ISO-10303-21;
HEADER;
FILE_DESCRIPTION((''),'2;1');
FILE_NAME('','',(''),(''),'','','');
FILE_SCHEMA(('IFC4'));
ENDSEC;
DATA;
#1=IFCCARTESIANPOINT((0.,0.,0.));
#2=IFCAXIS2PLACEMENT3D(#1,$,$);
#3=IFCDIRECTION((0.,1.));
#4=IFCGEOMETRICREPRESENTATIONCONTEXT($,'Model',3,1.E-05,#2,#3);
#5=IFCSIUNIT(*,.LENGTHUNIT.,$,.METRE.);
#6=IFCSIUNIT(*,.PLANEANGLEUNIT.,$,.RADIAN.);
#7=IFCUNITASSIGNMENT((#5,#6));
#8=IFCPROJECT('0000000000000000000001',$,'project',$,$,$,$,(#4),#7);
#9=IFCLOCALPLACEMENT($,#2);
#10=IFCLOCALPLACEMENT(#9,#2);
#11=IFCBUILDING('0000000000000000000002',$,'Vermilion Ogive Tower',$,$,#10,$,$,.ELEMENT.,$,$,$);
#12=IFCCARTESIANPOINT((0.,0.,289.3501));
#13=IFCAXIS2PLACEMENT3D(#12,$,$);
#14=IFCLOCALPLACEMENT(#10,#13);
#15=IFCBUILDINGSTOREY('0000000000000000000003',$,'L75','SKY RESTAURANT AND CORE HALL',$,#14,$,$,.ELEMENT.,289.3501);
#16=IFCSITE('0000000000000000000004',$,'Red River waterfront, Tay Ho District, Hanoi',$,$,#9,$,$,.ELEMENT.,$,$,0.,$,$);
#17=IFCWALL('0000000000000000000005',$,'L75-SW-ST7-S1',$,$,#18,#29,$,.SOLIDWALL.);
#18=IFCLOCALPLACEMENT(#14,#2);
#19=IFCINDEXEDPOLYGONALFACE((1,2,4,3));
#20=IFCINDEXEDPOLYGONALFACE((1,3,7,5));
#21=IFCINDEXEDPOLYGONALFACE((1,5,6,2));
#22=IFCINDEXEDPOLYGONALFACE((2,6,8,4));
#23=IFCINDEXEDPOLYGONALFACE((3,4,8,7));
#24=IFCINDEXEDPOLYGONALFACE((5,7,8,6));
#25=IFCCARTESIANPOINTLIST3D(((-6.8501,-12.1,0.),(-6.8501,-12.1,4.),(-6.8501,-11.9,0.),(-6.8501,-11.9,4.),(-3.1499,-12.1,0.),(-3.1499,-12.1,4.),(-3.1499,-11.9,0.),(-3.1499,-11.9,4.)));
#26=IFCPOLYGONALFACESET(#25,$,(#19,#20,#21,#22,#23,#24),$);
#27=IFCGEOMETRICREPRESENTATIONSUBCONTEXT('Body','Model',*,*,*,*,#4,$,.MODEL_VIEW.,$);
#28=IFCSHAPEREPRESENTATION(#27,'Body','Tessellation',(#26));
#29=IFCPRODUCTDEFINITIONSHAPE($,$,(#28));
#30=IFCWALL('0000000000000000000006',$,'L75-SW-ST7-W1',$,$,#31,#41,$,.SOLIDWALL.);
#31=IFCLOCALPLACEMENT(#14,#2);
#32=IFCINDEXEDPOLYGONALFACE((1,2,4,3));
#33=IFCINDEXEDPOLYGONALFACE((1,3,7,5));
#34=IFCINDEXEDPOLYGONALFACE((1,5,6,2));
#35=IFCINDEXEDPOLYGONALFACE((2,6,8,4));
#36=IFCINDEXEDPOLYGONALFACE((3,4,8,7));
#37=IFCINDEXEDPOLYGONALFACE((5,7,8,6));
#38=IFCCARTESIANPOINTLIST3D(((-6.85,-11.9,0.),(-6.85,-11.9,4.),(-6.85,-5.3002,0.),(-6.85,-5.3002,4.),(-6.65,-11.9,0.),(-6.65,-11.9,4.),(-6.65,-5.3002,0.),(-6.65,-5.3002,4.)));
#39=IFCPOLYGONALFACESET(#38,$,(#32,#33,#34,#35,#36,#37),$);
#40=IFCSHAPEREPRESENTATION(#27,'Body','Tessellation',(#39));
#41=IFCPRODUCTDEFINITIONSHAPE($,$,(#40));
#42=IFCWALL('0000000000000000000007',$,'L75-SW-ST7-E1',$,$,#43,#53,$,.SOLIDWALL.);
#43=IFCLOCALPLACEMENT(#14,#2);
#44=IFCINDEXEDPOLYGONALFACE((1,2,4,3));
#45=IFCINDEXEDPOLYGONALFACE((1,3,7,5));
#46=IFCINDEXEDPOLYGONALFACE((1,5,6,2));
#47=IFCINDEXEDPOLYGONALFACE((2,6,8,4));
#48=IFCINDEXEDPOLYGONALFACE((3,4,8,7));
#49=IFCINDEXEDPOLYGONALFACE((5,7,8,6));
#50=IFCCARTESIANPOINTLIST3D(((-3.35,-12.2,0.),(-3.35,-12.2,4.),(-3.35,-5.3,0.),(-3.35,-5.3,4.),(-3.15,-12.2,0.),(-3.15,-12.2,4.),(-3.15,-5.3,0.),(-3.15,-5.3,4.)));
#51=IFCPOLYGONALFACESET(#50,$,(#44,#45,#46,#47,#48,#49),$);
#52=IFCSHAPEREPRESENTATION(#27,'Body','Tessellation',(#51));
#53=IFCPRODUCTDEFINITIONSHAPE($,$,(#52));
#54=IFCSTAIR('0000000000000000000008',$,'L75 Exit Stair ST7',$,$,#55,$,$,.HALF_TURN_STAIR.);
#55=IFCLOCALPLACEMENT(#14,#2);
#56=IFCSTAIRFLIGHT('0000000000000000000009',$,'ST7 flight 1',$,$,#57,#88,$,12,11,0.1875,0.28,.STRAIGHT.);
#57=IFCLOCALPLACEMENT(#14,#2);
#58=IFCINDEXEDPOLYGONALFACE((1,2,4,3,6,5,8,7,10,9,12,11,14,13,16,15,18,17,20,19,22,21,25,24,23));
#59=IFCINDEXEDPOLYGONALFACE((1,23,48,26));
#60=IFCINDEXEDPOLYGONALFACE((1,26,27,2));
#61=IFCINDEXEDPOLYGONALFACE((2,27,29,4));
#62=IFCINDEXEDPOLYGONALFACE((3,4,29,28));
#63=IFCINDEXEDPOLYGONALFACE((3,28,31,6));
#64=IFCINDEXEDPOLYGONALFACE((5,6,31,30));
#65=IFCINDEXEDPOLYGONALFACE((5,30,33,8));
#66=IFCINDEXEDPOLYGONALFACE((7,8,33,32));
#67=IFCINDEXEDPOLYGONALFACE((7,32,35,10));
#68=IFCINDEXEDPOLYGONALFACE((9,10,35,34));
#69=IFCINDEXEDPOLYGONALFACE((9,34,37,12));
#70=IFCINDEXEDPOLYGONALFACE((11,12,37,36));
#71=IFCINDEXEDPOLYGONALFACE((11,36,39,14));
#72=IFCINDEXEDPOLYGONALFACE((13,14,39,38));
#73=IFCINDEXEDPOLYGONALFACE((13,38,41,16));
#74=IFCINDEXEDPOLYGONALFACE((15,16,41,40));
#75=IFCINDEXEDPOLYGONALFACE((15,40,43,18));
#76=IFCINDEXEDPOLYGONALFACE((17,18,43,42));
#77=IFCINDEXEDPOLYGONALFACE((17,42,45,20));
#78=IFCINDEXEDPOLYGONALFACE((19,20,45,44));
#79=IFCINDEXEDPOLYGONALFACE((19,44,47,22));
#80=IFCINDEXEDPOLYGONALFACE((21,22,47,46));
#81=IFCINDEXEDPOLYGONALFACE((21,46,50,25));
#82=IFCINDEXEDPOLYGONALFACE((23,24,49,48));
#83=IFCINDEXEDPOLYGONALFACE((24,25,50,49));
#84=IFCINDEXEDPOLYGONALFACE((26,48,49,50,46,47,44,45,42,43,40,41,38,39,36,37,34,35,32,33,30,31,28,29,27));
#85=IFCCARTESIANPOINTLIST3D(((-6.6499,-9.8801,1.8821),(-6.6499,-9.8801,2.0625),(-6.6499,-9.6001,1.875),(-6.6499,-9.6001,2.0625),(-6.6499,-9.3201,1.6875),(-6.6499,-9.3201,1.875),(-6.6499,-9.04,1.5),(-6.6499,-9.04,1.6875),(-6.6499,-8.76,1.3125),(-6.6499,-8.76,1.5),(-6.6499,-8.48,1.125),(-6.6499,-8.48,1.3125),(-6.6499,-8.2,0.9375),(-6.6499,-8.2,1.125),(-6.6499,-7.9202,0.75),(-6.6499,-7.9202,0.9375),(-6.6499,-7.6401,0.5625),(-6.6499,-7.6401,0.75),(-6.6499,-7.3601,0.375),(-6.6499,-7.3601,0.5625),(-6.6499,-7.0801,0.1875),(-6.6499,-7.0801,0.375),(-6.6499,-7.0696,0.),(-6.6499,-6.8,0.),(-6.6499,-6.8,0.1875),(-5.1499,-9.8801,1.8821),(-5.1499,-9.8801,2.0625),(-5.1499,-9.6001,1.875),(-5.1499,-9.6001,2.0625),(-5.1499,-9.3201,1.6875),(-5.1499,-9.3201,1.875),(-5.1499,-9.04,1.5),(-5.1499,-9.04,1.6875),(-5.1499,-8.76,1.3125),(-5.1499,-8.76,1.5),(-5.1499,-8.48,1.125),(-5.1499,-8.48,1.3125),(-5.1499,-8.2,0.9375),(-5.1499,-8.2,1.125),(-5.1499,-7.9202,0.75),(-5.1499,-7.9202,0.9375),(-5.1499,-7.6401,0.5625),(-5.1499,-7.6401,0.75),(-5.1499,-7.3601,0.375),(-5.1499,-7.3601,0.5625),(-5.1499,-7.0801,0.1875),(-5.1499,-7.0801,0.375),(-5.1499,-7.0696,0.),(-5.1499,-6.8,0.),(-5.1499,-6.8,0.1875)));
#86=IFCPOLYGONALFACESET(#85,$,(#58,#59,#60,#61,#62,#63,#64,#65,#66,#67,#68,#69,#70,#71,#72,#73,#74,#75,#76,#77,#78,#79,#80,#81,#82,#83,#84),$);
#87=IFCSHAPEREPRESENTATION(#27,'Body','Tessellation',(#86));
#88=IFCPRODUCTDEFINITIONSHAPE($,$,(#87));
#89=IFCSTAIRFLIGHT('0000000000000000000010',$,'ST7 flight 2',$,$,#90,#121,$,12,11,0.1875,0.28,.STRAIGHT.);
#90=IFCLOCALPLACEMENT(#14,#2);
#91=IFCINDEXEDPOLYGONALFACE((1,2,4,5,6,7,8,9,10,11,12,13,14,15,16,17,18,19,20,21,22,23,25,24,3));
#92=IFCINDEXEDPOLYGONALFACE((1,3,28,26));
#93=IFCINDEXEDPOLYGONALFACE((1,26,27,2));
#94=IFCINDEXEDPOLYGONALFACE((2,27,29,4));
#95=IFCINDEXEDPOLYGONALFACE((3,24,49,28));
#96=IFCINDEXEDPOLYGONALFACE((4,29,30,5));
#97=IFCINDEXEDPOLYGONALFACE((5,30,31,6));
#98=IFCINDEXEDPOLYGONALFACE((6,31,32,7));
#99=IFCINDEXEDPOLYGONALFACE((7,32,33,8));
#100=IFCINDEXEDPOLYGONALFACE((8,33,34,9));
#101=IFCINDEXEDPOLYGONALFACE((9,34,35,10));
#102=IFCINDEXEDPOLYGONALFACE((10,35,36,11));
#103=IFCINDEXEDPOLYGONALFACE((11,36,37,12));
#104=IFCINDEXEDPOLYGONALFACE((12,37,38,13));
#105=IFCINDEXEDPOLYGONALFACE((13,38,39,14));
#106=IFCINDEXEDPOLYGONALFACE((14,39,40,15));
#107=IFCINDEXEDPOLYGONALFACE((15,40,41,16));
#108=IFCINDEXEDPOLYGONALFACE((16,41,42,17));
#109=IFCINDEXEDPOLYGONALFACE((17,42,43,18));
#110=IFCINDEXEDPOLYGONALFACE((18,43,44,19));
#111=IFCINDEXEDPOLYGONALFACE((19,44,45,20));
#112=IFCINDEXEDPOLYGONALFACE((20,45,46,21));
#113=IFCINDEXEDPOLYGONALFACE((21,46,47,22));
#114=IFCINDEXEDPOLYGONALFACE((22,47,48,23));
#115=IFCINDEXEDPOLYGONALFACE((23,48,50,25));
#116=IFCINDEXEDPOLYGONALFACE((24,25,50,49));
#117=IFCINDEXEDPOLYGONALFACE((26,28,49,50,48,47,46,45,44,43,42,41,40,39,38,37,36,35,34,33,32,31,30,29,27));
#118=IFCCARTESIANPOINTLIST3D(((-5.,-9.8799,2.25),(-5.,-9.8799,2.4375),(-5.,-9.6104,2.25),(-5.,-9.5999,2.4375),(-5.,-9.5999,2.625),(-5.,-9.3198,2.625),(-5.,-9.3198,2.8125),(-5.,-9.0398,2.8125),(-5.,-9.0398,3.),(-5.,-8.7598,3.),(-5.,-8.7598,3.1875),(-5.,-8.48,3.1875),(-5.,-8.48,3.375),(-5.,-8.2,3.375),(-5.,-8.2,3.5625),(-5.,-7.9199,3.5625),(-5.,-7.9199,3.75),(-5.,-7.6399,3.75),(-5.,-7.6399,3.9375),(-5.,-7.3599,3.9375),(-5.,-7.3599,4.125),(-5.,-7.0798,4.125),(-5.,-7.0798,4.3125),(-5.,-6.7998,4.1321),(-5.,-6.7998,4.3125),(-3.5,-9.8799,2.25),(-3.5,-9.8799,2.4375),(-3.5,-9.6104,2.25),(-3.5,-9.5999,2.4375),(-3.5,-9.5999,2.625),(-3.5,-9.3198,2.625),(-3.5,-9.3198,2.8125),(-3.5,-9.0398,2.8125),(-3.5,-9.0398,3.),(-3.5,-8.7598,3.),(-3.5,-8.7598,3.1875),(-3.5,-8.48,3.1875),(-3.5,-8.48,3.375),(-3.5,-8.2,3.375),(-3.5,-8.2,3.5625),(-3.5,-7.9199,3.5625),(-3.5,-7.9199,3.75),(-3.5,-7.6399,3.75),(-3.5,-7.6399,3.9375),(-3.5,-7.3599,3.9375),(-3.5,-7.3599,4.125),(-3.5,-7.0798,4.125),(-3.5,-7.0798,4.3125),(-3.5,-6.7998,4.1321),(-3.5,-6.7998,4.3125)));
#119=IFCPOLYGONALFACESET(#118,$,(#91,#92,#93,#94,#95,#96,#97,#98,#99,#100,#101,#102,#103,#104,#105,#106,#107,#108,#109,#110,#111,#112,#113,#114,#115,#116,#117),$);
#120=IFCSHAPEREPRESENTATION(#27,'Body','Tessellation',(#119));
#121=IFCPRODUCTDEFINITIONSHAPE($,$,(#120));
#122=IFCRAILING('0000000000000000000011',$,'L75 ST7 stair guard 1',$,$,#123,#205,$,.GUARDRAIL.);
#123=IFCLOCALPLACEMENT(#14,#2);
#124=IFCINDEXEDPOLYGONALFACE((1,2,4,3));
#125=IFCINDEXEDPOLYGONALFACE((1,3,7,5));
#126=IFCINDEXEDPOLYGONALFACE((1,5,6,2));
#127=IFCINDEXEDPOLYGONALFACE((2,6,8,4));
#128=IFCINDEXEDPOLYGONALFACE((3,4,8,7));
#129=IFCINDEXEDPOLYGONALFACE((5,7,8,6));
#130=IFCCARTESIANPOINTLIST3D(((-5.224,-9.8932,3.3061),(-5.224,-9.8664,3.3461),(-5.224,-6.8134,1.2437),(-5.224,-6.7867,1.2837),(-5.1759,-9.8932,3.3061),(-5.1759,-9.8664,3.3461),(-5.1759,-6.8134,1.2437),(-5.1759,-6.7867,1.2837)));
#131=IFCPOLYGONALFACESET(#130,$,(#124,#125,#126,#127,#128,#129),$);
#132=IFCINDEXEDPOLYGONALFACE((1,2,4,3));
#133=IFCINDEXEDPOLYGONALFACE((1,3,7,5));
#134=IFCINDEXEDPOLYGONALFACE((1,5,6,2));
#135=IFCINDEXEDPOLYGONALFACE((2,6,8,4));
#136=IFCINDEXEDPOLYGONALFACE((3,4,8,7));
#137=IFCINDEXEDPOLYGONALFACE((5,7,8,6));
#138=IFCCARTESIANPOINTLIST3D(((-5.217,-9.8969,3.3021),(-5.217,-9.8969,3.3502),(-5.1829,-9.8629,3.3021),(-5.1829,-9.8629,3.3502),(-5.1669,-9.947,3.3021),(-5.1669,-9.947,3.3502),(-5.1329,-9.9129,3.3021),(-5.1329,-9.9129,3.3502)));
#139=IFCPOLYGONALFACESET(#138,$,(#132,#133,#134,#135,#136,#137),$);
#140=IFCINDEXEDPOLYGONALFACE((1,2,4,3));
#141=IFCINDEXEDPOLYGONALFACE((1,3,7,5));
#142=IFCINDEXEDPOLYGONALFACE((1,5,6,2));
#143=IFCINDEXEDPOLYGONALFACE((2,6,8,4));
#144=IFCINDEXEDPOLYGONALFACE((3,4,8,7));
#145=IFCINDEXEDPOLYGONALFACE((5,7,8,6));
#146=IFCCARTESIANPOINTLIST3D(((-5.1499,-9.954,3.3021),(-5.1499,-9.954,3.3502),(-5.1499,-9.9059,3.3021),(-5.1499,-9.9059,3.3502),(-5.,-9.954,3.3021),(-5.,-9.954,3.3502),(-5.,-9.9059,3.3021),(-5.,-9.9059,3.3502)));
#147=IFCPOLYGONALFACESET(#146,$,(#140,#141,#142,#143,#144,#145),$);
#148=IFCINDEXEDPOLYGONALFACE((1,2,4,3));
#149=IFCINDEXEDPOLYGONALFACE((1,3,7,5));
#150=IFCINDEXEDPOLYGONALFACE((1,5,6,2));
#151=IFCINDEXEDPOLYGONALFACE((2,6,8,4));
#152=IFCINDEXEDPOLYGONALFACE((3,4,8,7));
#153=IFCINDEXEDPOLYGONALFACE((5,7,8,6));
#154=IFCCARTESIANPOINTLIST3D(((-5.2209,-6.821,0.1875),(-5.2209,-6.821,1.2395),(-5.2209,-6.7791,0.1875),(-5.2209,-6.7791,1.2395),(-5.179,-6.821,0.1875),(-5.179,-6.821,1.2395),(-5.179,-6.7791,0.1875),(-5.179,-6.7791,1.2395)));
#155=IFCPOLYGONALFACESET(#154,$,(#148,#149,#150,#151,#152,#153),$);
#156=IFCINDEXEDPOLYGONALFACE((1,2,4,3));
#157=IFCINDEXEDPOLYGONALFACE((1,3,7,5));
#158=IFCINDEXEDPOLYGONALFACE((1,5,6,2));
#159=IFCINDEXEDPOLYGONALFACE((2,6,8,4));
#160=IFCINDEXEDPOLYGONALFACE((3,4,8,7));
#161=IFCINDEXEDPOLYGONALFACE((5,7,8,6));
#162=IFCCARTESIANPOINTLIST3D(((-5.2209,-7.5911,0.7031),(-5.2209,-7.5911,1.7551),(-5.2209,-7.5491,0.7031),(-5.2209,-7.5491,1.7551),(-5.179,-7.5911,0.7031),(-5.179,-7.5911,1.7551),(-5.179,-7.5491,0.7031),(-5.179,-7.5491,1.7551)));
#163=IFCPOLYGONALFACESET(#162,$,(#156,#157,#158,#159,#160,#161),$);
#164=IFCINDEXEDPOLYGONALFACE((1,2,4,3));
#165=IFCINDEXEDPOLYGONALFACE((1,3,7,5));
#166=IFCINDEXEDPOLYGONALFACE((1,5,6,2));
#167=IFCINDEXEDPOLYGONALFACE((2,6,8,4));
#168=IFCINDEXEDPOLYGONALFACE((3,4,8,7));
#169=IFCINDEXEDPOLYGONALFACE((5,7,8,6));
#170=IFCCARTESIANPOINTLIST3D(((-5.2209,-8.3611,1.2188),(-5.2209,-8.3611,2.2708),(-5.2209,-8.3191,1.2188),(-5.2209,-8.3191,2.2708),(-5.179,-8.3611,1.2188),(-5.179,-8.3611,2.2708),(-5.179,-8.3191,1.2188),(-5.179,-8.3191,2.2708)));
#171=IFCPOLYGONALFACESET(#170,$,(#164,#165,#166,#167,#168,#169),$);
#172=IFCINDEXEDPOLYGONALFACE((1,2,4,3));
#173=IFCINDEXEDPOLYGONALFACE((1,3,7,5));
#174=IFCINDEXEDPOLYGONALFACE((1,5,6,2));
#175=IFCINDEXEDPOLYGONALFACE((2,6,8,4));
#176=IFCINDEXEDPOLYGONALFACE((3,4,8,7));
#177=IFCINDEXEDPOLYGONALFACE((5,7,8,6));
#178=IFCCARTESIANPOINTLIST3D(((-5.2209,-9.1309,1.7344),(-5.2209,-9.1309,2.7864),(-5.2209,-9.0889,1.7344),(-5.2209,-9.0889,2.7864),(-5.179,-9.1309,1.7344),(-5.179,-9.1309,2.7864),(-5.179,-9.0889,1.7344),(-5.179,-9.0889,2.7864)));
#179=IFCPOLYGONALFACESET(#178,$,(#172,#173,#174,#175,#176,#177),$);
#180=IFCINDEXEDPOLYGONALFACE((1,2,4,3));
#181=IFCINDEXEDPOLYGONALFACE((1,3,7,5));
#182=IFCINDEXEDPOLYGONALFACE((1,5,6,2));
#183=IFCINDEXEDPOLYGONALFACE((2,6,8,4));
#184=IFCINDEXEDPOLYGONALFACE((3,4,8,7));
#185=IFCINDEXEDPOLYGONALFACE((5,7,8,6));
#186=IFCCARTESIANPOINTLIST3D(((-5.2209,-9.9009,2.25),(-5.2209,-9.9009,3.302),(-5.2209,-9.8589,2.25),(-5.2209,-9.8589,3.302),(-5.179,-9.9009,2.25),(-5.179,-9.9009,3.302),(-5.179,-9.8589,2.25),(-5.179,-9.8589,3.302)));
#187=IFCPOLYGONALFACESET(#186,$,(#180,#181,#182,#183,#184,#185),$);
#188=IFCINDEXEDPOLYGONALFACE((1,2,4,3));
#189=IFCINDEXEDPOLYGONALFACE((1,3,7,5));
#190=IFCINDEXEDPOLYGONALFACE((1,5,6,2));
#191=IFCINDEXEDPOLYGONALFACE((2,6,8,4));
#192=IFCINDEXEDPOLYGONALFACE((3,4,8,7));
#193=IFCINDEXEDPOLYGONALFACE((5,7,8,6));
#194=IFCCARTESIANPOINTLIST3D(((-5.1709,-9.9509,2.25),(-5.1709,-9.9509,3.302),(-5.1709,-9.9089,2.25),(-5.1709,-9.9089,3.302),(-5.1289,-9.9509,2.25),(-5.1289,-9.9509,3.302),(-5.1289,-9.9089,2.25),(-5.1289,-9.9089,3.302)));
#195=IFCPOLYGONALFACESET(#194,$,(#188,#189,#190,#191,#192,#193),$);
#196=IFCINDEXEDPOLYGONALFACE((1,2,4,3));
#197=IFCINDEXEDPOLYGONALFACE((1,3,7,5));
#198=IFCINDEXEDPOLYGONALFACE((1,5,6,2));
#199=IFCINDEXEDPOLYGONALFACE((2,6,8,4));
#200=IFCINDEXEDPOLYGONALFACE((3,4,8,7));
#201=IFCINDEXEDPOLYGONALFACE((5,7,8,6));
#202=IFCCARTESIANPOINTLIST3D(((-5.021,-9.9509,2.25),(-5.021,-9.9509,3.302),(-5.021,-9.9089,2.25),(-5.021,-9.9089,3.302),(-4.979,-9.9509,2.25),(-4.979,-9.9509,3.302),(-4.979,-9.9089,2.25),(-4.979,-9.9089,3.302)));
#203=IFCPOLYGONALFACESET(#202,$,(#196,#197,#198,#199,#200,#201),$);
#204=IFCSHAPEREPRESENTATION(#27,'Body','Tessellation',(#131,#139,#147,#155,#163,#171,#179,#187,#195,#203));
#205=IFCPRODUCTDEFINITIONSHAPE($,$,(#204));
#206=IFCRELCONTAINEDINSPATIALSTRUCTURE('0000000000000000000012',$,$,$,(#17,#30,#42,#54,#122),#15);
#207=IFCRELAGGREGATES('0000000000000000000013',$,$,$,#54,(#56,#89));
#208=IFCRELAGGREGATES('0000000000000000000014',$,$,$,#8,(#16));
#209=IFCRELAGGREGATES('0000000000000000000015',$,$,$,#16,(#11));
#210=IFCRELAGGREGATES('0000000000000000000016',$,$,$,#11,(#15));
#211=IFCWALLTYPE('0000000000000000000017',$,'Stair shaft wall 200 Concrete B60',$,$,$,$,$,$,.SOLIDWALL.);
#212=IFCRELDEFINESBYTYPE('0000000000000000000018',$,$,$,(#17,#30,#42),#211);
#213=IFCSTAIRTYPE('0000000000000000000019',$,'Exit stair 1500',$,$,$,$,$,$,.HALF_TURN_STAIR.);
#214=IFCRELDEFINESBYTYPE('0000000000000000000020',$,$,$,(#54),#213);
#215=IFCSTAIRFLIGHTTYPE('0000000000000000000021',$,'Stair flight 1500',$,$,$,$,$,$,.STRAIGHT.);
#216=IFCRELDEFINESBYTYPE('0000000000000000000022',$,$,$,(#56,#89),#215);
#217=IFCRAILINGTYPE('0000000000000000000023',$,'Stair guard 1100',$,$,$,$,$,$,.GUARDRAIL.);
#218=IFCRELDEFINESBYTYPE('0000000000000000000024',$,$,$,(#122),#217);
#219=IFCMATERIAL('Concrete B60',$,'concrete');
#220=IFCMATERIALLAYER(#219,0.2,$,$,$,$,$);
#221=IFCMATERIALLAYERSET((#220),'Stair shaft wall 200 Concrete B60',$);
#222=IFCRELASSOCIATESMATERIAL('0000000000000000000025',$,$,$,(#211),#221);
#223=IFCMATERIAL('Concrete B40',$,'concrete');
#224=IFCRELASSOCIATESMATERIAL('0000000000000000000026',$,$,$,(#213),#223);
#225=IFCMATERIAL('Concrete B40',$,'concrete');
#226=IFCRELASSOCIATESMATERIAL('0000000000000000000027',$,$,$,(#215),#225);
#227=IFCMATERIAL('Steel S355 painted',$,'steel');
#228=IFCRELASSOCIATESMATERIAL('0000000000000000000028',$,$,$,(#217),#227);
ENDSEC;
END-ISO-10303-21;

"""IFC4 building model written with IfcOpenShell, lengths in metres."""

from ifc_helpers import new_model, si_unit, direction, frame, frame_2d, origin, origin_2d, place, context, subcontext, project, spatial, polyline, rectangle, outline, extrude, material, layer, layer_set, type_object, element, aggregate, save


model = new_model("IFC4")

# Units and contexts
model_context = context("Model", 3, precision=1e-05, world=origin(), true_north=direction((0.0, 1.0)))
body_context = subcontext(model_context, "Body", "Model", "MODEL_VIEW")
ifc_project = project(units=[si_unit("LENGTHUNIT", "METRE"), si_unit("PLANEANGLEUNIT", "RADIAN")], contexts=[model_context])

# Site, building, storey
site_placement = place(None, origin())
site = spatial("IfcSite", under=ifc_project, at=site_placement, Name="Red River waterfront, Tay Ho District, Hanoi", CompositionType="ELEMENT", RefElevation=0.0)
building_placement = place(site_placement, origin())
building = spatial("IfcBuilding", under=site, at=building_placement, Name="Vermilion Ogive Tower", CompositionType="ELEMENT")
storey_placement = place(building_placement, frame((0.0, 0.0, 289.3501)))
storey = spatial("IfcBuildingStorey", under=building, at=storey_placement, Name="L75", Description="SKY RESTAURANT AND CORE HALL", CompositionType="ELEMENT", Elevation=289.3501)

# Walls
ifc_material_1 = material(Name="Concrete B60", Category="concrete")
ifc_layer_1 = layer(ifc_material_1, 0.2)
ifc_layer_set_1 = layer_set([ifc_layer_1], Name="Stair shaft wall 200 Concrete B60")
wall_type_1 = type_object("IfcWallType", Name="Stair shaft wall 200 Concrete B60", PredefinedType="SOLIDWALL", material=ifc_layer_set_1)
wall_1_placement = place(storey_placement, frame((-6.8501, -12.0, 0.0), z_axis=(0.0, 0.0, 1.0), x_axis=(1.0, 0.0, 0.0)))
element("IfcWall", 1, at=wall_1_placement, inside=storey, type_object=wall_type_1, Name="L75-SW-ST7-S1", PredefinedType="SOLIDWALL", context=body_context, shape_type="SweptSolid", body=[
    extrude(rectangle(XDim=3.7002, YDim=0.2, at=frame_2d((1.8501, 0.0))), origin(), (0.0, 0.0, 1.0), 4.0),
])
wall_2_placement = place(storey_placement, frame((-6.75, -11.8999, 0.0), z_axis=(0.0, 0.0, 1.0), x_axis=(0.0, 1.0, 0.0)))
element("IfcWall", 2, at=wall_2_placement, inside=storey, type_object=wall_type_1, Name="L75-SW-ST7-W1", PredefinedType="SOLIDWALL", context=body_context, shape_type="SweptSolid", body=[
    extrude(rectangle(XDim=6.5999, YDim=0.2, at=frame_2d((3.2998, 0.0))), origin(), (0.0, 0.0, 1.0), 4.0),
])
wall_3_placement = place(storey_placement, frame((-3.25, -12.2, 0.0), z_axis=(0.0, 0.0, 1.0), x_axis=(0.0, 1.0, 0.0)))
element("IfcWall", 3, at=wall_3_placement, inside=storey, type_object=wall_type_1, Name="L75-SW-ST7-E1", PredefinedType="SOLIDWALL", context=body_context, shape_type="SweptSolid", body=[
    extrude(rectangle(XDim=6.8999, YDim=0.2, at=frame_2d((3.45, 0.0))), origin(), (0.0, 0.0, 1.0), 4.0),
])

# Stair, stair flights
ifc_material_2 = material(Name="Concrete B40", Category="concrete")
stair_type = type_object("IfcStairType", Name="Exit stair 1500", PredefinedType="HALF_TURN_STAIR", material=ifc_material_2)
stair_placement = place(storey_placement, origin())
stair = element("IfcStair", 4, at=stair_placement, inside=storey, type_object=stair_type, Name="L75 Exit Stair ST7", PredefinedType="HALF_TURN_STAIR")
ifc_material_3 = material(Name="Concrete B40", Category="concrete")
stair_flight_type = type_object("IfcStairFlightType", Name="Stair flight 1500", PredefinedType="STRAIGHT", material=ifc_material_3)
stair_flight_1_placement = place(storey_placement, frame((-5.8999, -6.8, 0.0), z_axis=(0.0, 0.0, 1.0), x_axis=(0.0, -1.0, 0.0)))
stair_flight_1 = element("IfcStairFlight", 5, at=stair_flight_1_placement, type_object=stair_flight_type, Name="ST7 flight 1", NumberOfRisers=12, NumberOfTreads=11, PredefinedType="STRAIGHT", RiserHeight=0.1875, TreadLength=0.28, context=body_context, shape_type="SweptSolid", body=[
    extrude(outline(polyline([(0.0, 0.0), (0.0, 0.1875), (0.28, 0.1875), (0.28, 0.375), (0.5601, 0.375), (0.5601, 0.5625), (0.8401, 0.5625), (0.8401, 0.75), (1.1201, 0.75), (1.1201, 0.9375), (1.3999, 0.9375), (1.3999, 1.125), (1.6799, 1.125), (1.6799, 1.3125), (1.96, 1.3125), (1.96, 1.5), (2.24, 1.5), (2.24, 1.6875), (2.52, 1.6875), (2.52, 1.875), (2.8, 1.875), (2.8, 2.0625), (3.0801, 2.0625), (3.0801, 2.25), (3.0801, 1.8821), (0.2695, 0.0), (0.0, 0.0)])), frame((0.0, 0.75, 0.0), z_axis=(0.0, -1.0, 0.0), x_axis=(1.0, 0.0, 0.0)), (0.0, 0.0, 1.0), 1.5),
])
stair_flight_2_placement = place(storey_placement, frame((-4.25, -9.8799, 2.25), z_axis=(0.0, 0.0, 1.0), x_axis=(0.0, 1.0, 0.0)))
stair_flight_2 = element("IfcStairFlight", 6, at=stair_flight_2_placement, type_object=stair_flight_type, Name="ST7 flight 2", NumberOfRisers=12, NumberOfTreads=11, PredefinedType="STRAIGHT", RiserHeight=0.1875, TreadLength=0.28, context=body_context, shape_type="SweptSolid", body=[
    extrude(outline(polyline([(0.0, 0.0), (0.0, 0.1875), (0.28, 0.1875), (0.28, 0.375), (0.5601, 0.375), (0.5601, 0.5625), (0.8401, 0.5625), (0.8401, 0.75), (1.1201, 0.75), (1.1201, 0.9375), (1.3999, 0.9375), (1.3999, 1.125), (1.6799, 1.125), (1.6799, 1.3125), (1.96, 1.3125), (1.96, 1.5), (2.24, 1.5), (2.24, 1.6875), (2.52, 1.6875), (2.52, 1.875), (2.8, 1.875), (2.8, 2.0625), (3.0801, 2.0625), (3.0801, 2.25), (3.0801, 1.8821), (0.2695, 0.0), (0.0, 0.0)])), frame((0.0, 0.75, 0.0), z_axis=(0.0, -1.0, 0.0), x_axis=(1.0, 0.0, 0.0)), (0.0, 0.0, 1.0), 1.5),
])
aggregate(stair, [stair_flight_1, stair_flight_2])

# Railing
ifc_material_4 = material(Name="Steel S355 painted", Category="steel")
railing_type_1 = type_object("IfcRailingType", Name="Stair guard 1100", PredefinedType="GUARDRAIL", material=ifc_material_4)
railing_1_placement = place(storey_placement, frame((-5.2, -6.8, 0.1875)))
element("IfcRailing", 7, at=railing_1_placement, inside=storey, type_object=railing_type_1, Name="L75 ST7 stair guard 1", PredefinedType="GUARDRAIL", context=body_context, shape_type="SweptSolid", body=[
    extrude(rectangle(XDim=0.0481, YDim=0.0481, at=origin_2d()), frame((0.0, 0.0, 1.0762), z_axis=(0.0, -0.830893, 0.556432), x_axis=(1.0, 0.0, 0.0)), (0.0, 0.0, 1.0), 3.7065),
    extrude(rectangle(XDim=0.0481, YDim=0.0481, at=origin_2d()), frame((0.0, -3.0798, 3.1387), z_axis=(0.707107, -0.707107, 0.0), x_axis=(0.707107, 0.707107, 0.0)), (0.0, 0.0, 1.0), 0.0708),
    extrude(rectangle(XDim=0.0481, YDim=0.0481, at=origin_2d()), frame((0.05, -3.1299, 3.1387), z_axis=(1.0, 0.0, 0.0), x_axis=(0.0, 1.0, 0.0)), (0.0, 0.0, 1.0), 0.1499),
    extrude(rectangle(XDim=0.042, YDim=0.042, at=origin_2d()), origin(), (0.0, 0.0, 1.0), 1.052),
    extrude(rectangle(XDim=0.042, YDim=0.042, at=origin_2d()), frame((0.0, -0.77, 0.5156)), (0.0, 0.0, 1.0), 1.052),
    extrude(rectangle(XDim=0.042, YDim=0.042, at=origin_2d()), frame((0.0, -1.54, 1.0312)), (0.0, 0.0, 1.0), 1.052),
    extrude(rectangle(XDim=0.042, YDim=0.042, at=origin_2d()), frame((0.0, -2.3098, 1.5469)), (0.0, 0.0, 1.0), 1.052),
    extrude(rectangle(XDim=0.042, YDim=0.042, at=origin_2d()), frame((0.0, -3.0798, 2.0625)), (0.0, 0.0, 1.0), 1.052),
    extrude(rectangle(XDim=0.042, YDim=0.042, at=origin_2d()), frame((0.05, -3.1299, 2.0625)), (0.0, 0.0, 1.0), 1.052),
    extrude(rectangle(XDim=0.042, YDim=0.042, at=origin_2d()), frame((0.2, -3.1299, 2.0625)), (0.0, 0.0, 1.0), 1.052),
])

save(model, "model.ifc")
